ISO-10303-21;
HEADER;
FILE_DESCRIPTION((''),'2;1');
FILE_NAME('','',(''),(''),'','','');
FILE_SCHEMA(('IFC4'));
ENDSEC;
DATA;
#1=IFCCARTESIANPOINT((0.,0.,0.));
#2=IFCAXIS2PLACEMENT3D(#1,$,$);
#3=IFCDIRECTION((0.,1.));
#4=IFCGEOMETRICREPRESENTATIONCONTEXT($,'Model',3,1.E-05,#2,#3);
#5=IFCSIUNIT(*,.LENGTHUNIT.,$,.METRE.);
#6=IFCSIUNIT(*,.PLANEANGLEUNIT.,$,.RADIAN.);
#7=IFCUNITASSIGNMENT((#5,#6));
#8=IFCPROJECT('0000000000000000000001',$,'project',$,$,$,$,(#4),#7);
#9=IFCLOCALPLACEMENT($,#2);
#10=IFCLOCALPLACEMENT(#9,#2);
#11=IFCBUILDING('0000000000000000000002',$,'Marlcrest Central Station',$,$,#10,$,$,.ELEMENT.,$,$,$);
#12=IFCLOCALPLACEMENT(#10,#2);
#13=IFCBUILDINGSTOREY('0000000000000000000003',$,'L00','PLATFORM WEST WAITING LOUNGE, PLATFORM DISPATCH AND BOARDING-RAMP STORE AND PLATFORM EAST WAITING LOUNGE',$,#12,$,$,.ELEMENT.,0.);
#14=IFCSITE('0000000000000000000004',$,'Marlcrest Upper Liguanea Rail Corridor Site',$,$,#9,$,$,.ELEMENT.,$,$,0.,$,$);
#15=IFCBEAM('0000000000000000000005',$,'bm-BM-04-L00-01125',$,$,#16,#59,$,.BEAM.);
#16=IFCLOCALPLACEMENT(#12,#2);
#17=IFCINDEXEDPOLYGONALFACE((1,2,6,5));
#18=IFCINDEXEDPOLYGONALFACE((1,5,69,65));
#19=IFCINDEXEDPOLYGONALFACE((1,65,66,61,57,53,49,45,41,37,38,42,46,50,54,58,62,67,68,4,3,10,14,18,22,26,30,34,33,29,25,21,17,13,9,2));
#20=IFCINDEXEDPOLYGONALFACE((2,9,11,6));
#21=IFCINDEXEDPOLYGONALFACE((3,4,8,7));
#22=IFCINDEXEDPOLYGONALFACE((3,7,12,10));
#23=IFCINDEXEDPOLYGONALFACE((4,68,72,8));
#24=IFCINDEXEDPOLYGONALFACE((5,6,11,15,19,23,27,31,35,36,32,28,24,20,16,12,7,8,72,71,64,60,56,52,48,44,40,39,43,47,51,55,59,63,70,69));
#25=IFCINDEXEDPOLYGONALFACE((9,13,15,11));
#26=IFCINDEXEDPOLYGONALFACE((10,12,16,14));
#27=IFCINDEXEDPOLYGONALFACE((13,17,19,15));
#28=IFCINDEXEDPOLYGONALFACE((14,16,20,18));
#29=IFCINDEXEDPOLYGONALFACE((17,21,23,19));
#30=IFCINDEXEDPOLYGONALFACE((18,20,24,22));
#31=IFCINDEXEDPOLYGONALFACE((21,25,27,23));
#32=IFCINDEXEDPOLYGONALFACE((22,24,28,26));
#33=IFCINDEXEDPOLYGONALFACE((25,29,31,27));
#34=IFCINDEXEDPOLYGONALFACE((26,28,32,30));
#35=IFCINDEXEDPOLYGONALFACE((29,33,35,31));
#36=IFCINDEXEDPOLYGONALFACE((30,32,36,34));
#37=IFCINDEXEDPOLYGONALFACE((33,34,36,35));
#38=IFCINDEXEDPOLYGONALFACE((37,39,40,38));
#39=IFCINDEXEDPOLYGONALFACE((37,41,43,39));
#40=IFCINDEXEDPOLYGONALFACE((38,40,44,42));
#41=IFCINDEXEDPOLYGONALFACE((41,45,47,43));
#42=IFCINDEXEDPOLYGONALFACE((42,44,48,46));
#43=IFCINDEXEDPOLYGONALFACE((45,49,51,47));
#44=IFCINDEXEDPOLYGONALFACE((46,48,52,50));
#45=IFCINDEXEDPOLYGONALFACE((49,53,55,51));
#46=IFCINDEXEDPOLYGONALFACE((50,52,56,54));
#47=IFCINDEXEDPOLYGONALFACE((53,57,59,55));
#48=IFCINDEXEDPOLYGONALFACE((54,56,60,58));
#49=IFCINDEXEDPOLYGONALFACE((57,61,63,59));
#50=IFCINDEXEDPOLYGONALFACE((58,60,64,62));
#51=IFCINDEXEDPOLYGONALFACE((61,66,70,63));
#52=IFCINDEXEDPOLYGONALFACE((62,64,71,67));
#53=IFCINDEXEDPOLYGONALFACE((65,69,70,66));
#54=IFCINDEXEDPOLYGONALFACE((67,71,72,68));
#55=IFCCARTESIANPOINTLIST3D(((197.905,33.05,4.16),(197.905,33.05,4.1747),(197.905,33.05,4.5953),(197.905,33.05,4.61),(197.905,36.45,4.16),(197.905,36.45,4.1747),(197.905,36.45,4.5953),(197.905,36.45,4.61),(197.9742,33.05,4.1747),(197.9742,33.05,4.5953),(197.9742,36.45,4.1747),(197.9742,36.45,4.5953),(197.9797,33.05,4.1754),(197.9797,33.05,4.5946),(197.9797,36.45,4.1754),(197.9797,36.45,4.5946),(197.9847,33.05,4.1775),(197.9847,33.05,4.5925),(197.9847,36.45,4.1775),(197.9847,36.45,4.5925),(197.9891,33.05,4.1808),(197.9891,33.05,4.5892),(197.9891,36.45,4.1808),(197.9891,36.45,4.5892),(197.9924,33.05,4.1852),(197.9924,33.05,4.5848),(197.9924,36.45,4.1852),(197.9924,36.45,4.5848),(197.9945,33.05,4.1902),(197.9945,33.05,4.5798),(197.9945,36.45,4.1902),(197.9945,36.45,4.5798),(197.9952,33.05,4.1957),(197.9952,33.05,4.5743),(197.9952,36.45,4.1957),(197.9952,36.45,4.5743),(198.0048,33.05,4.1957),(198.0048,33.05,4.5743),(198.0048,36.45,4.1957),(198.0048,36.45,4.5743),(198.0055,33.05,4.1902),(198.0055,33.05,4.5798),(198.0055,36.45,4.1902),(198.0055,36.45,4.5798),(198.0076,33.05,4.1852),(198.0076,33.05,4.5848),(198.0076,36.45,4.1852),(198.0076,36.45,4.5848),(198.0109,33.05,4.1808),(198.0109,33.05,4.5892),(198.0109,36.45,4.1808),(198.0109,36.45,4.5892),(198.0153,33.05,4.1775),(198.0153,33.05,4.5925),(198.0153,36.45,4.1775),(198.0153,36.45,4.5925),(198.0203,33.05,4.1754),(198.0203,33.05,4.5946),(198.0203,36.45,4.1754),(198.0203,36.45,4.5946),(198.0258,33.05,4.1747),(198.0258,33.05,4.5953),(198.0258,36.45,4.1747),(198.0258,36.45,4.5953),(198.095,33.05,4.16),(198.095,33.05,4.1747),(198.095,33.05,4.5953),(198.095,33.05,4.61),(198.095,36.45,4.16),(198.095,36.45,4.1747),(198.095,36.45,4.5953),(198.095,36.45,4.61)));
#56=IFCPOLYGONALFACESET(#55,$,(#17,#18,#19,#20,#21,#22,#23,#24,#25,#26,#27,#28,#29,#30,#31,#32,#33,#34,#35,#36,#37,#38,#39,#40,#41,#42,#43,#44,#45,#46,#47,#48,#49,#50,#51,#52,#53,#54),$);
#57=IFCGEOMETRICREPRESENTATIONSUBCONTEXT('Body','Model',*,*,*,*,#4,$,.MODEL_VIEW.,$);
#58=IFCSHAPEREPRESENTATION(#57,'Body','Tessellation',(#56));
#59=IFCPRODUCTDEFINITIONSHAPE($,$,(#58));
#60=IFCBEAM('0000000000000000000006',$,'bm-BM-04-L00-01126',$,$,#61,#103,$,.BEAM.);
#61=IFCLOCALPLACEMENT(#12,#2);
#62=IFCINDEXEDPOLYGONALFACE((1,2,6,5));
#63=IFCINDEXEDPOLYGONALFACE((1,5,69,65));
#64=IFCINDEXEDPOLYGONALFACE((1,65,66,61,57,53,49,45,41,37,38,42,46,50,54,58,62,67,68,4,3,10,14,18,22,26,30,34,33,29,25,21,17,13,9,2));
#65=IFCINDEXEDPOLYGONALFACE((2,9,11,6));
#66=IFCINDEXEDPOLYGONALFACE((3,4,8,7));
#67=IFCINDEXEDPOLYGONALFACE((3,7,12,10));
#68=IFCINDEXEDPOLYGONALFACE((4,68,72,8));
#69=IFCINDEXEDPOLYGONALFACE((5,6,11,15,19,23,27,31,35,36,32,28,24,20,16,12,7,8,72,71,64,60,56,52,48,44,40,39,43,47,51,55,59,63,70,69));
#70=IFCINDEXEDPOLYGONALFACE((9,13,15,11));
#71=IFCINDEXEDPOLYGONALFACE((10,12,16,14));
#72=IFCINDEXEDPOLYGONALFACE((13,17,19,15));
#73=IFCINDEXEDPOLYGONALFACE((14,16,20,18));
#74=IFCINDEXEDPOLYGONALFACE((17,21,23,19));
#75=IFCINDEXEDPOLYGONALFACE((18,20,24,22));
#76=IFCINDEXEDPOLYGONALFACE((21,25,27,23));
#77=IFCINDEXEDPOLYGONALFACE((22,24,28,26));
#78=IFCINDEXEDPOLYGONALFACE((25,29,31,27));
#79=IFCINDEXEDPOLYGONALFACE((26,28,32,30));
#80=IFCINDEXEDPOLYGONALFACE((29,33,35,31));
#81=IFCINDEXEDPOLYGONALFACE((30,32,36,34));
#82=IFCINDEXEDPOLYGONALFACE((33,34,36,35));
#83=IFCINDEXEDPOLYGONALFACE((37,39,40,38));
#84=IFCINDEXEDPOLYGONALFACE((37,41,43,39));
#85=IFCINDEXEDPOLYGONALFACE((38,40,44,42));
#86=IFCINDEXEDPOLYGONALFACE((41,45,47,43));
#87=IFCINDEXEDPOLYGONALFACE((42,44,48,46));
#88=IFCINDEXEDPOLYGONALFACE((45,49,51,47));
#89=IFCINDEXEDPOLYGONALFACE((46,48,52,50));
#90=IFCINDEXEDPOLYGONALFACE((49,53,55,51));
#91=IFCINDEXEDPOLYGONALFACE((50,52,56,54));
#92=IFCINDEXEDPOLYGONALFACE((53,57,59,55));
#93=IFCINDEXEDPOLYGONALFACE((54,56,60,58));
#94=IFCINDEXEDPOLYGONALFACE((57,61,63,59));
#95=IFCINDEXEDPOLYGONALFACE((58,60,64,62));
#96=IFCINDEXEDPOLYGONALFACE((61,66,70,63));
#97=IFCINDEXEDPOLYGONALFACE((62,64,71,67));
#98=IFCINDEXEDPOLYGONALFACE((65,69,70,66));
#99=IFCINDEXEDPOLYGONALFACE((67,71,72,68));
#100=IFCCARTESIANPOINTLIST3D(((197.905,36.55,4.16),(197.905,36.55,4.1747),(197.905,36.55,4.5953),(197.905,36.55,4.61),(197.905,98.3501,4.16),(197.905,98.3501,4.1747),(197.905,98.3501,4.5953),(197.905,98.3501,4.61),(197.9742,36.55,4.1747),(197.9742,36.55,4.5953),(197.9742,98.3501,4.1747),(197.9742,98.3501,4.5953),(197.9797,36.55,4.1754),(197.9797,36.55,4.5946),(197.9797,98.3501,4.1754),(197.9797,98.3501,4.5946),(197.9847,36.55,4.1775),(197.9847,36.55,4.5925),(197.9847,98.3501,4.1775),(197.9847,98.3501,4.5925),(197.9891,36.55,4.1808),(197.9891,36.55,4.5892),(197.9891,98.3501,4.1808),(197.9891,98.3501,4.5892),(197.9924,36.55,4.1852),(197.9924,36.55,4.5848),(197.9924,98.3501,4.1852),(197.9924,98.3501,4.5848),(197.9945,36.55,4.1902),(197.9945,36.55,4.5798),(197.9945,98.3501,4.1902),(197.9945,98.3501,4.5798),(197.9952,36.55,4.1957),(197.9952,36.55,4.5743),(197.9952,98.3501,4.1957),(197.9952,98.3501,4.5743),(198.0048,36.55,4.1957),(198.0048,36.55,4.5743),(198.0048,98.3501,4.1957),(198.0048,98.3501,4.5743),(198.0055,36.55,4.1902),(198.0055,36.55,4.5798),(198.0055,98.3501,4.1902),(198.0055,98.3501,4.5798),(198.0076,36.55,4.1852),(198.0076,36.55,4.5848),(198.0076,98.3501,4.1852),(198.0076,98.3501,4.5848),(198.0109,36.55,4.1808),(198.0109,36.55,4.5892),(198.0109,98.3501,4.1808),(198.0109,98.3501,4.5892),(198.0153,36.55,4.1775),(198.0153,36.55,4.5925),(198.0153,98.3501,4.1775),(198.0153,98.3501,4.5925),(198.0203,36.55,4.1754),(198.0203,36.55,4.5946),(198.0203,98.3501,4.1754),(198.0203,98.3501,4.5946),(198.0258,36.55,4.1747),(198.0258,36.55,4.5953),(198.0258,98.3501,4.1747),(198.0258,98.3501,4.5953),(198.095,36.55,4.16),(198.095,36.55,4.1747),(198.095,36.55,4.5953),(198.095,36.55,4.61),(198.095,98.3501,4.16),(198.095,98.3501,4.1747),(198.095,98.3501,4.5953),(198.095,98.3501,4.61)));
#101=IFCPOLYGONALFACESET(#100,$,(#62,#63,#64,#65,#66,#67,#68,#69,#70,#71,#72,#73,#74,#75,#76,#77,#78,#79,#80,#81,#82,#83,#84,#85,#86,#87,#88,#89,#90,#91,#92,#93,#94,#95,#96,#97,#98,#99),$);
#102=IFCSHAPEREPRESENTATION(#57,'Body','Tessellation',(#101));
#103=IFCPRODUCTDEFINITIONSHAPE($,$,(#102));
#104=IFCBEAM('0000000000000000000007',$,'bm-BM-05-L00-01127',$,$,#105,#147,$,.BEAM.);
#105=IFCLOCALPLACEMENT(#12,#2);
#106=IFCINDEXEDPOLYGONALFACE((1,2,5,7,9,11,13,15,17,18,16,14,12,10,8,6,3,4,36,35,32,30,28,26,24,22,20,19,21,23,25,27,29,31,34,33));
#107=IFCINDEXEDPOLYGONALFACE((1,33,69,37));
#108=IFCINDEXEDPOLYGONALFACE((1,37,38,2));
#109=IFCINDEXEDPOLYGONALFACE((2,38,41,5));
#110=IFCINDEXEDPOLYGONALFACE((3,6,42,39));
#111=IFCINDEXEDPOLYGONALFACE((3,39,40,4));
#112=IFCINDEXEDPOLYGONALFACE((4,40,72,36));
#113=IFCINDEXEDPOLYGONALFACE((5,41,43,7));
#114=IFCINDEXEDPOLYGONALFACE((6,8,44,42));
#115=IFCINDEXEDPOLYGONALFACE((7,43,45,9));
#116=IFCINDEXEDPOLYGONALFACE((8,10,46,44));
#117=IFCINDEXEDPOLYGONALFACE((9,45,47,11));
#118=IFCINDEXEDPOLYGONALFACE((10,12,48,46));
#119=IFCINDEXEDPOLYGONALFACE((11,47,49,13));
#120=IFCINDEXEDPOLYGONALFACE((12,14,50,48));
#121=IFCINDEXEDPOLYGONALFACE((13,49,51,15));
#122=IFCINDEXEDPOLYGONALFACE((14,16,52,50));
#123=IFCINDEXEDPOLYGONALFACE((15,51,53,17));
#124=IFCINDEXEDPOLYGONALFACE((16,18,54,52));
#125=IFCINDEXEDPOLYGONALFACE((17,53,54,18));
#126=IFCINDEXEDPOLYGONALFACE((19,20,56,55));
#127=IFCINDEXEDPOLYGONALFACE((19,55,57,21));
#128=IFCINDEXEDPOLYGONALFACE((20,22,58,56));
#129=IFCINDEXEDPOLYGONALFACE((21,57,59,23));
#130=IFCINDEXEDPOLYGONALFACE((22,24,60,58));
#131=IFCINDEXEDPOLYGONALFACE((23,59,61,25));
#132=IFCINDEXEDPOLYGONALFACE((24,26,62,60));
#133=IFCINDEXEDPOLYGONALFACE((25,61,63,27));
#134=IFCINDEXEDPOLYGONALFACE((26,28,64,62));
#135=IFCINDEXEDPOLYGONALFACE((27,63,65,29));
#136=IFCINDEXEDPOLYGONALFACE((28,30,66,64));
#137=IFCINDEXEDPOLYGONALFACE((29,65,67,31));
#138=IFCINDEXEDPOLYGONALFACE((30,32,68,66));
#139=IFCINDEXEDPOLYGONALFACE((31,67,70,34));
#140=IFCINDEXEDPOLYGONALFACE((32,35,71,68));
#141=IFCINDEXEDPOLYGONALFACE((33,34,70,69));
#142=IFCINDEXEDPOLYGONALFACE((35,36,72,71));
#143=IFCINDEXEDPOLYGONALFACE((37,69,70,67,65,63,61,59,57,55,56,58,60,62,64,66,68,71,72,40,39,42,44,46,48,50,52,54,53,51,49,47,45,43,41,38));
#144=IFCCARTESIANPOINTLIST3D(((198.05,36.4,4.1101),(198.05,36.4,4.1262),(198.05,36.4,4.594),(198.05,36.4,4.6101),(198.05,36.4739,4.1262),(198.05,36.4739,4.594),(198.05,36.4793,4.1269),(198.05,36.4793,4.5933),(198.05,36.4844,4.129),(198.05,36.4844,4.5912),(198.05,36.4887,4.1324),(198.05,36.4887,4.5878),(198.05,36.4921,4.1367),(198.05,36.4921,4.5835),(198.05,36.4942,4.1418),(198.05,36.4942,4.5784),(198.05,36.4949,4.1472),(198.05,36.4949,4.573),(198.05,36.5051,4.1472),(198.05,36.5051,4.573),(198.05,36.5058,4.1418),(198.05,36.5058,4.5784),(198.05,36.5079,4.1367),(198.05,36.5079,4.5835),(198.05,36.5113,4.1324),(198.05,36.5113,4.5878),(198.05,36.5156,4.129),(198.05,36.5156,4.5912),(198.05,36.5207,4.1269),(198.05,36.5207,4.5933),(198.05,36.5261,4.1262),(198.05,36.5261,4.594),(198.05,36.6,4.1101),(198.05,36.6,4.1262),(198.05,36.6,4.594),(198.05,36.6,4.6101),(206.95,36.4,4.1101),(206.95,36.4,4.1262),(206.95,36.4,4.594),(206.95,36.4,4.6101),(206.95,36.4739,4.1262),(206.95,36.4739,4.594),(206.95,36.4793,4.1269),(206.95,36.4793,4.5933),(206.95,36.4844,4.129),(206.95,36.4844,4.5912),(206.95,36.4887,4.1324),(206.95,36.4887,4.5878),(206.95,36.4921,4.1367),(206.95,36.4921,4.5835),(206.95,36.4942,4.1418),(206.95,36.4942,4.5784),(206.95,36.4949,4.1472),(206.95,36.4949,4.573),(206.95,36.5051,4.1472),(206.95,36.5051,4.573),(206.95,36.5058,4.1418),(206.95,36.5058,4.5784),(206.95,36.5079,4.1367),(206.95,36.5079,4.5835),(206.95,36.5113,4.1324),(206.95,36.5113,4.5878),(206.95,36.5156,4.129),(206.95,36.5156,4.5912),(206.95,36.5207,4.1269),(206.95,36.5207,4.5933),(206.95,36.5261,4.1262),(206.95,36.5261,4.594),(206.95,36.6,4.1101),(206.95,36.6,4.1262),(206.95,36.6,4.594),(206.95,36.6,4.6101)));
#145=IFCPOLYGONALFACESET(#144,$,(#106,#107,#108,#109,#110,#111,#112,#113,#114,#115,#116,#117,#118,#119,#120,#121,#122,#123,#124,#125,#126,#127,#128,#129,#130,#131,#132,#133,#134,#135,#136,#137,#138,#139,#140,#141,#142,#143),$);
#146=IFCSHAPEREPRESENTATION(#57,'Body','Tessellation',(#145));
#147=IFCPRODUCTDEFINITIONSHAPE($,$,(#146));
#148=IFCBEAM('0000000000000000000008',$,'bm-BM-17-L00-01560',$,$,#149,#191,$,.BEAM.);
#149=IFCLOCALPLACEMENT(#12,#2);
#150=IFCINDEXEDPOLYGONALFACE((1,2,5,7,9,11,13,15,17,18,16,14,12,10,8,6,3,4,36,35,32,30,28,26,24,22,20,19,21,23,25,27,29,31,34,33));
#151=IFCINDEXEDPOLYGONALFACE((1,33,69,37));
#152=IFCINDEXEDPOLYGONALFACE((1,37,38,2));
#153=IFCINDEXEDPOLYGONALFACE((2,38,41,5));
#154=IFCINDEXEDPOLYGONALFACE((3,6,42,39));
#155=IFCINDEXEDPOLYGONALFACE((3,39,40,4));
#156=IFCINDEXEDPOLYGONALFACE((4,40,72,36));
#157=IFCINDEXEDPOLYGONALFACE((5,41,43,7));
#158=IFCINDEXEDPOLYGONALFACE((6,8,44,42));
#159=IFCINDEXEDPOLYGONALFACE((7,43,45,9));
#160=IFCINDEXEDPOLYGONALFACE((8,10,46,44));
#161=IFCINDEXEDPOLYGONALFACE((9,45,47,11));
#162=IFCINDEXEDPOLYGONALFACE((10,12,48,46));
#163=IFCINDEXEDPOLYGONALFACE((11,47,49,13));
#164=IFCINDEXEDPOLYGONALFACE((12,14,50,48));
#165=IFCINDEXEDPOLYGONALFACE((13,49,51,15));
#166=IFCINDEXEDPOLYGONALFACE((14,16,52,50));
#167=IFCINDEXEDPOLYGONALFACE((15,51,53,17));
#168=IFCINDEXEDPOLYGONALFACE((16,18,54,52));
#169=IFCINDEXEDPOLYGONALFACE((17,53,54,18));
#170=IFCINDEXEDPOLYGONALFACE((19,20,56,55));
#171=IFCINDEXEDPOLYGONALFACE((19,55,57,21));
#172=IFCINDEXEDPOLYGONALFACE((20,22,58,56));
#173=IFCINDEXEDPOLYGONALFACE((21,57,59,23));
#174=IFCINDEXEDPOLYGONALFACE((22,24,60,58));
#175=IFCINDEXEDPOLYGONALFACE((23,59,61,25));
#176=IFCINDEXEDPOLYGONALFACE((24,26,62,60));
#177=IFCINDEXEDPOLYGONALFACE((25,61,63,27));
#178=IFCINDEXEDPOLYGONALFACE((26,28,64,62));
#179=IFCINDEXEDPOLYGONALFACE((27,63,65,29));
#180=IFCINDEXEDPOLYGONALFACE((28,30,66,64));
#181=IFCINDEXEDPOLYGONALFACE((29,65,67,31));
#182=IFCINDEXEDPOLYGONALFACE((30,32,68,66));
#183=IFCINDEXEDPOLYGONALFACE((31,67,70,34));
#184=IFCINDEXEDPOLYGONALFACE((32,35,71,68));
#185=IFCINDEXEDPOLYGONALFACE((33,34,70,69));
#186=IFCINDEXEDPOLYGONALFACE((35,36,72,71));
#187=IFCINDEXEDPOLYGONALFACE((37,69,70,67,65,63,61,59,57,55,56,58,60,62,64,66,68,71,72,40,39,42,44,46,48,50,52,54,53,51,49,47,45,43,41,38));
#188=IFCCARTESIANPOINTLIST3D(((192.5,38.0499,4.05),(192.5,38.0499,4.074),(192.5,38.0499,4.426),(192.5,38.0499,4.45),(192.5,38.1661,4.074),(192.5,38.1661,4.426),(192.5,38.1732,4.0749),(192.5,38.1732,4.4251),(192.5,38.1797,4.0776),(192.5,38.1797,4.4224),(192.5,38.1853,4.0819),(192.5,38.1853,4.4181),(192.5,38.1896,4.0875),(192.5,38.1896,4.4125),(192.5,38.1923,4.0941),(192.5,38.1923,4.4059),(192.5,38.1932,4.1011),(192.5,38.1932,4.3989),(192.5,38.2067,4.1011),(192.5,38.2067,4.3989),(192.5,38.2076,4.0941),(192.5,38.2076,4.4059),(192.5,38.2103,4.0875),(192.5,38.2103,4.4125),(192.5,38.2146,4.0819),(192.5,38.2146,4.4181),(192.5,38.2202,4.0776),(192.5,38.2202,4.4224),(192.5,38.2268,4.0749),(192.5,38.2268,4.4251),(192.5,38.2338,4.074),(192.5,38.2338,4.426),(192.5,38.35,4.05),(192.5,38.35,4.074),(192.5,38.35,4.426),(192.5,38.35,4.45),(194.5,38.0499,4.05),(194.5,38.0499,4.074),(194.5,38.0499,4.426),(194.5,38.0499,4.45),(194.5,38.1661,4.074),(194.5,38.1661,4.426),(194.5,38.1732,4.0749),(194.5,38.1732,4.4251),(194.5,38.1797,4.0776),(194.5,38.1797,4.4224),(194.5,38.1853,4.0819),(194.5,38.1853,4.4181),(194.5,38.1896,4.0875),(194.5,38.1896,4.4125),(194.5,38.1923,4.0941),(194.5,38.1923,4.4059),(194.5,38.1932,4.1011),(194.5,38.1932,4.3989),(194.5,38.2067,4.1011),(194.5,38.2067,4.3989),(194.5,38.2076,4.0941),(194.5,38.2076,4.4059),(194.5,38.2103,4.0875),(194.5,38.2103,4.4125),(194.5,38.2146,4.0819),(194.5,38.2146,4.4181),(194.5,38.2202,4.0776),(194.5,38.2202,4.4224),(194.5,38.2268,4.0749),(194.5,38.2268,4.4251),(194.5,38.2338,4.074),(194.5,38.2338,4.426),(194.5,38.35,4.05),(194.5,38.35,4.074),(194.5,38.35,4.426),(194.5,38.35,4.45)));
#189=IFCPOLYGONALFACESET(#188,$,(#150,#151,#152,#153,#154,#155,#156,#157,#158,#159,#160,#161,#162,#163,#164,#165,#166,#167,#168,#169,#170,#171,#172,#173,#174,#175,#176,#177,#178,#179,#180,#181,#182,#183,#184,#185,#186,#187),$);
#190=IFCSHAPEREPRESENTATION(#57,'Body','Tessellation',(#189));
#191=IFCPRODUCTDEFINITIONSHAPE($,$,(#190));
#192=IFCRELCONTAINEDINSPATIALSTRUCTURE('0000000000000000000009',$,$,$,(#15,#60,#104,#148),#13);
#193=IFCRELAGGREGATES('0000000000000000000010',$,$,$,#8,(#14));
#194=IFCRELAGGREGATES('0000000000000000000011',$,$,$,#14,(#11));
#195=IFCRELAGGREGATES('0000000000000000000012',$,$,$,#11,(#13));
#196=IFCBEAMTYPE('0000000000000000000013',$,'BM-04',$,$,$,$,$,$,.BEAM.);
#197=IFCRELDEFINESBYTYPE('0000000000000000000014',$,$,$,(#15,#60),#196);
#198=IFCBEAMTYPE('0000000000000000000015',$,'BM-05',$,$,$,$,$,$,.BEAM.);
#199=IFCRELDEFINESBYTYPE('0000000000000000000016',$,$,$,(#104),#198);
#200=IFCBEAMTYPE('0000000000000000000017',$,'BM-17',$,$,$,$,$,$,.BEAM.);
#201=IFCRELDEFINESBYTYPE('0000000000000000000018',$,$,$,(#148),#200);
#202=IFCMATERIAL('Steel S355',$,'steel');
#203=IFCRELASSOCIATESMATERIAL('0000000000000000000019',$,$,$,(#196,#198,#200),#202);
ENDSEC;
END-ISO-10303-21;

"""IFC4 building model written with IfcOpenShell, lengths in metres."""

from ifc_helpers import new_model, si_unit, direction, frame, origin, origin_2d, place, context, subcontext, project, spatial, i_section, extrude, material, material_profile, profile_set, type_object, element, save


model = new_model("IFC4")

# Units and contexts
model_context = context("Model", 3, precision=1e-05, world=origin(), true_north=direction((0.0, 1.0)))
body_context = subcontext(model_context, "Body", "Model", "MODEL_VIEW")
ifc_project = project(units=[si_unit("LENGTHUNIT", "METRE"), si_unit("PLANEANGLEUNIT", "RADIAN")], contexts=[model_context])

# Site, building, storey
site_placement = place(None, origin())
site = spatial("IfcSite", under=ifc_project, at=site_placement, Name="Marlcrest Upper Liguanea Rail Corridor Site", CompositionType="ELEMENT", RefElevation=0.0)
building_placement = place(site_placement, origin())
building = spatial("IfcBuilding", under=site, at=building_placement, Name="Marlcrest Central Station", CompositionType="ELEMENT")
storey_placement = place(building_placement, origin())
storey = spatial("IfcBuildingStorey", under=building, at=storey_placement, Name="L00", Description="PLATFORM WEST WAITING LOUNGE, PLATFORM DISPATCH AND BOARDING-RAMP STORE AND PLATFORM EAST WAITING LOUNGE", CompositionType="ELEMENT", Elevation=0.0)

# Shared definitions
ifc_material_1 = material(Name="Steel S355", Category="steel")

# Beams
ifc_material_profile_1 = material_profile(ifc_material_1, i_section(OverallWidth=0.1899, OverallDepth=0.45, WebThickness=0.0095, FlangeThickness=0.0146, FilletRadius=0.021, at=origin_2d()), Name="IPE 450")
ifc_profile_set_1 = profile_set([ifc_material_profile_1], Name="Steel S355")
beam_type_1 = type_object("IfcBeamType", Name="BM-04", PredefinedType="BEAM", material=ifc_profile_set_1)
beam_1_placement = place(storey_placement, frame((198.0, 33.05, 4.385), z_axis=(0.0, 1.0, 0.0), x_axis=(-1.0, 0.0, 0.0)))
element("IfcBeam", 1, at=beam_1_placement, inside=storey, type_object=beam_type_1, Name="bm-BM-04-L00-01125", PredefinedType="BEAM", context=body_context, shape_type="SweptSolid", body=[
    extrude(i_section(OverallWidth=0.1899, OverallDepth=0.45, WebThickness=0.0095, FlangeThickness=0.0146, FilletRadius=0.021, at=origin_2d()), origin(), (0.0, 0.0, 1.0), 3.3999),
])
beam_2_placement = place(storey_placement, frame((198.0, 36.55, 4.385), z_axis=(0.0, 1.0, 0.0), x_axis=(-1.0, 0.0, 0.0)))
element("IfcBeam", 2, at=beam_2_placement, inside=storey, type_object=beam_type_1, Name="bm-BM-04-L00-01126", PredefinedType="BEAM", context=body_context, shape_type="SweptSolid", body=[
    extrude(i_section(OverallWidth=0.1899, OverallDepth=0.45, WebThickness=0.0095, FlangeThickness=0.0146, FilletRadius=0.021, at=origin_2d()), origin(), (0.0, 0.0, 1.0), 61.8),
])
ifc_material_profile_2 = material_profile(ifc_material_1, i_section(OverallWidth=0.2, OverallDepth=0.5, WebThickness=0.0103, FlangeThickness=0.0161, FilletRadius=0.021, at=origin_2d()), Name="IPE 500")
ifc_profile_set_2 = profile_set([ifc_material_profile_2], Name="Steel S355")
beam_type_2 = type_object("IfcBeamType", Name="BM-05", PredefinedType="BEAM", material=ifc_profile_set_2)
beam_3_placement = place(storey_placement, frame((198.05, 36.5, 4.3601), z_axis=(1.0, 0.0, 0.0), x_axis=(0.0, 1.0, 0.0)))
element("IfcBeam", 3, at=beam_3_placement, inside=storey, type_object=beam_type_2, Name="bm-BM-05-L00-01127", PredefinedType="BEAM", context=body_context, shape_type="SweptSolid", body=[
    extrude(i_section(OverallWidth=0.2, OverallDepth=0.5, WebThickness=0.0103, FlangeThickness=0.0161, FilletRadius=0.021, at=origin_2d()), origin(), (0.0, 0.0, 1.0), 8.8999),
])
ifc_material_profile_3 = material_profile(ifc_material_1, i_section(OverallWidth=0.3, OverallDepth=0.3999, WebThickness=0.0134, FlangeThickness=0.0239, FilletRadius=0.0271, at=origin_2d()), Name="HEB 400")
ifc_profile_set_3 = profile_set([ifc_material_profile_3], Name="Steel S355")
beam_type_3 = type_object("IfcBeamType", Name="BM-17", PredefinedType="BEAM", material=ifc_profile_set_3)
beam_4_placement = place(storey_placement, frame((192.5, 38.2, 4.25), z_axis=(1.0, 0.0, 0.0), x_axis=(0.0, 1.0, 0.0)))
element("IfcBeam", 4, at=beam_4_placement, inside=storey, type_object=beam_type_3, Name="bm-BM-17-L00-01560", PredefinedType="BEAM", context=body_context, shape_type="SweptSolid", body=[
    extrude(i_section(OverallWidth=0.3, OverallDepth=0.3999, WebThickness=0.0134, FlangeThickness=0.0239, FilletRadius=0.0271, at=origin_2d()), origin(), (0.0, 0.0, 1.0), 2.0),
])

save(model, "model.ifc")
